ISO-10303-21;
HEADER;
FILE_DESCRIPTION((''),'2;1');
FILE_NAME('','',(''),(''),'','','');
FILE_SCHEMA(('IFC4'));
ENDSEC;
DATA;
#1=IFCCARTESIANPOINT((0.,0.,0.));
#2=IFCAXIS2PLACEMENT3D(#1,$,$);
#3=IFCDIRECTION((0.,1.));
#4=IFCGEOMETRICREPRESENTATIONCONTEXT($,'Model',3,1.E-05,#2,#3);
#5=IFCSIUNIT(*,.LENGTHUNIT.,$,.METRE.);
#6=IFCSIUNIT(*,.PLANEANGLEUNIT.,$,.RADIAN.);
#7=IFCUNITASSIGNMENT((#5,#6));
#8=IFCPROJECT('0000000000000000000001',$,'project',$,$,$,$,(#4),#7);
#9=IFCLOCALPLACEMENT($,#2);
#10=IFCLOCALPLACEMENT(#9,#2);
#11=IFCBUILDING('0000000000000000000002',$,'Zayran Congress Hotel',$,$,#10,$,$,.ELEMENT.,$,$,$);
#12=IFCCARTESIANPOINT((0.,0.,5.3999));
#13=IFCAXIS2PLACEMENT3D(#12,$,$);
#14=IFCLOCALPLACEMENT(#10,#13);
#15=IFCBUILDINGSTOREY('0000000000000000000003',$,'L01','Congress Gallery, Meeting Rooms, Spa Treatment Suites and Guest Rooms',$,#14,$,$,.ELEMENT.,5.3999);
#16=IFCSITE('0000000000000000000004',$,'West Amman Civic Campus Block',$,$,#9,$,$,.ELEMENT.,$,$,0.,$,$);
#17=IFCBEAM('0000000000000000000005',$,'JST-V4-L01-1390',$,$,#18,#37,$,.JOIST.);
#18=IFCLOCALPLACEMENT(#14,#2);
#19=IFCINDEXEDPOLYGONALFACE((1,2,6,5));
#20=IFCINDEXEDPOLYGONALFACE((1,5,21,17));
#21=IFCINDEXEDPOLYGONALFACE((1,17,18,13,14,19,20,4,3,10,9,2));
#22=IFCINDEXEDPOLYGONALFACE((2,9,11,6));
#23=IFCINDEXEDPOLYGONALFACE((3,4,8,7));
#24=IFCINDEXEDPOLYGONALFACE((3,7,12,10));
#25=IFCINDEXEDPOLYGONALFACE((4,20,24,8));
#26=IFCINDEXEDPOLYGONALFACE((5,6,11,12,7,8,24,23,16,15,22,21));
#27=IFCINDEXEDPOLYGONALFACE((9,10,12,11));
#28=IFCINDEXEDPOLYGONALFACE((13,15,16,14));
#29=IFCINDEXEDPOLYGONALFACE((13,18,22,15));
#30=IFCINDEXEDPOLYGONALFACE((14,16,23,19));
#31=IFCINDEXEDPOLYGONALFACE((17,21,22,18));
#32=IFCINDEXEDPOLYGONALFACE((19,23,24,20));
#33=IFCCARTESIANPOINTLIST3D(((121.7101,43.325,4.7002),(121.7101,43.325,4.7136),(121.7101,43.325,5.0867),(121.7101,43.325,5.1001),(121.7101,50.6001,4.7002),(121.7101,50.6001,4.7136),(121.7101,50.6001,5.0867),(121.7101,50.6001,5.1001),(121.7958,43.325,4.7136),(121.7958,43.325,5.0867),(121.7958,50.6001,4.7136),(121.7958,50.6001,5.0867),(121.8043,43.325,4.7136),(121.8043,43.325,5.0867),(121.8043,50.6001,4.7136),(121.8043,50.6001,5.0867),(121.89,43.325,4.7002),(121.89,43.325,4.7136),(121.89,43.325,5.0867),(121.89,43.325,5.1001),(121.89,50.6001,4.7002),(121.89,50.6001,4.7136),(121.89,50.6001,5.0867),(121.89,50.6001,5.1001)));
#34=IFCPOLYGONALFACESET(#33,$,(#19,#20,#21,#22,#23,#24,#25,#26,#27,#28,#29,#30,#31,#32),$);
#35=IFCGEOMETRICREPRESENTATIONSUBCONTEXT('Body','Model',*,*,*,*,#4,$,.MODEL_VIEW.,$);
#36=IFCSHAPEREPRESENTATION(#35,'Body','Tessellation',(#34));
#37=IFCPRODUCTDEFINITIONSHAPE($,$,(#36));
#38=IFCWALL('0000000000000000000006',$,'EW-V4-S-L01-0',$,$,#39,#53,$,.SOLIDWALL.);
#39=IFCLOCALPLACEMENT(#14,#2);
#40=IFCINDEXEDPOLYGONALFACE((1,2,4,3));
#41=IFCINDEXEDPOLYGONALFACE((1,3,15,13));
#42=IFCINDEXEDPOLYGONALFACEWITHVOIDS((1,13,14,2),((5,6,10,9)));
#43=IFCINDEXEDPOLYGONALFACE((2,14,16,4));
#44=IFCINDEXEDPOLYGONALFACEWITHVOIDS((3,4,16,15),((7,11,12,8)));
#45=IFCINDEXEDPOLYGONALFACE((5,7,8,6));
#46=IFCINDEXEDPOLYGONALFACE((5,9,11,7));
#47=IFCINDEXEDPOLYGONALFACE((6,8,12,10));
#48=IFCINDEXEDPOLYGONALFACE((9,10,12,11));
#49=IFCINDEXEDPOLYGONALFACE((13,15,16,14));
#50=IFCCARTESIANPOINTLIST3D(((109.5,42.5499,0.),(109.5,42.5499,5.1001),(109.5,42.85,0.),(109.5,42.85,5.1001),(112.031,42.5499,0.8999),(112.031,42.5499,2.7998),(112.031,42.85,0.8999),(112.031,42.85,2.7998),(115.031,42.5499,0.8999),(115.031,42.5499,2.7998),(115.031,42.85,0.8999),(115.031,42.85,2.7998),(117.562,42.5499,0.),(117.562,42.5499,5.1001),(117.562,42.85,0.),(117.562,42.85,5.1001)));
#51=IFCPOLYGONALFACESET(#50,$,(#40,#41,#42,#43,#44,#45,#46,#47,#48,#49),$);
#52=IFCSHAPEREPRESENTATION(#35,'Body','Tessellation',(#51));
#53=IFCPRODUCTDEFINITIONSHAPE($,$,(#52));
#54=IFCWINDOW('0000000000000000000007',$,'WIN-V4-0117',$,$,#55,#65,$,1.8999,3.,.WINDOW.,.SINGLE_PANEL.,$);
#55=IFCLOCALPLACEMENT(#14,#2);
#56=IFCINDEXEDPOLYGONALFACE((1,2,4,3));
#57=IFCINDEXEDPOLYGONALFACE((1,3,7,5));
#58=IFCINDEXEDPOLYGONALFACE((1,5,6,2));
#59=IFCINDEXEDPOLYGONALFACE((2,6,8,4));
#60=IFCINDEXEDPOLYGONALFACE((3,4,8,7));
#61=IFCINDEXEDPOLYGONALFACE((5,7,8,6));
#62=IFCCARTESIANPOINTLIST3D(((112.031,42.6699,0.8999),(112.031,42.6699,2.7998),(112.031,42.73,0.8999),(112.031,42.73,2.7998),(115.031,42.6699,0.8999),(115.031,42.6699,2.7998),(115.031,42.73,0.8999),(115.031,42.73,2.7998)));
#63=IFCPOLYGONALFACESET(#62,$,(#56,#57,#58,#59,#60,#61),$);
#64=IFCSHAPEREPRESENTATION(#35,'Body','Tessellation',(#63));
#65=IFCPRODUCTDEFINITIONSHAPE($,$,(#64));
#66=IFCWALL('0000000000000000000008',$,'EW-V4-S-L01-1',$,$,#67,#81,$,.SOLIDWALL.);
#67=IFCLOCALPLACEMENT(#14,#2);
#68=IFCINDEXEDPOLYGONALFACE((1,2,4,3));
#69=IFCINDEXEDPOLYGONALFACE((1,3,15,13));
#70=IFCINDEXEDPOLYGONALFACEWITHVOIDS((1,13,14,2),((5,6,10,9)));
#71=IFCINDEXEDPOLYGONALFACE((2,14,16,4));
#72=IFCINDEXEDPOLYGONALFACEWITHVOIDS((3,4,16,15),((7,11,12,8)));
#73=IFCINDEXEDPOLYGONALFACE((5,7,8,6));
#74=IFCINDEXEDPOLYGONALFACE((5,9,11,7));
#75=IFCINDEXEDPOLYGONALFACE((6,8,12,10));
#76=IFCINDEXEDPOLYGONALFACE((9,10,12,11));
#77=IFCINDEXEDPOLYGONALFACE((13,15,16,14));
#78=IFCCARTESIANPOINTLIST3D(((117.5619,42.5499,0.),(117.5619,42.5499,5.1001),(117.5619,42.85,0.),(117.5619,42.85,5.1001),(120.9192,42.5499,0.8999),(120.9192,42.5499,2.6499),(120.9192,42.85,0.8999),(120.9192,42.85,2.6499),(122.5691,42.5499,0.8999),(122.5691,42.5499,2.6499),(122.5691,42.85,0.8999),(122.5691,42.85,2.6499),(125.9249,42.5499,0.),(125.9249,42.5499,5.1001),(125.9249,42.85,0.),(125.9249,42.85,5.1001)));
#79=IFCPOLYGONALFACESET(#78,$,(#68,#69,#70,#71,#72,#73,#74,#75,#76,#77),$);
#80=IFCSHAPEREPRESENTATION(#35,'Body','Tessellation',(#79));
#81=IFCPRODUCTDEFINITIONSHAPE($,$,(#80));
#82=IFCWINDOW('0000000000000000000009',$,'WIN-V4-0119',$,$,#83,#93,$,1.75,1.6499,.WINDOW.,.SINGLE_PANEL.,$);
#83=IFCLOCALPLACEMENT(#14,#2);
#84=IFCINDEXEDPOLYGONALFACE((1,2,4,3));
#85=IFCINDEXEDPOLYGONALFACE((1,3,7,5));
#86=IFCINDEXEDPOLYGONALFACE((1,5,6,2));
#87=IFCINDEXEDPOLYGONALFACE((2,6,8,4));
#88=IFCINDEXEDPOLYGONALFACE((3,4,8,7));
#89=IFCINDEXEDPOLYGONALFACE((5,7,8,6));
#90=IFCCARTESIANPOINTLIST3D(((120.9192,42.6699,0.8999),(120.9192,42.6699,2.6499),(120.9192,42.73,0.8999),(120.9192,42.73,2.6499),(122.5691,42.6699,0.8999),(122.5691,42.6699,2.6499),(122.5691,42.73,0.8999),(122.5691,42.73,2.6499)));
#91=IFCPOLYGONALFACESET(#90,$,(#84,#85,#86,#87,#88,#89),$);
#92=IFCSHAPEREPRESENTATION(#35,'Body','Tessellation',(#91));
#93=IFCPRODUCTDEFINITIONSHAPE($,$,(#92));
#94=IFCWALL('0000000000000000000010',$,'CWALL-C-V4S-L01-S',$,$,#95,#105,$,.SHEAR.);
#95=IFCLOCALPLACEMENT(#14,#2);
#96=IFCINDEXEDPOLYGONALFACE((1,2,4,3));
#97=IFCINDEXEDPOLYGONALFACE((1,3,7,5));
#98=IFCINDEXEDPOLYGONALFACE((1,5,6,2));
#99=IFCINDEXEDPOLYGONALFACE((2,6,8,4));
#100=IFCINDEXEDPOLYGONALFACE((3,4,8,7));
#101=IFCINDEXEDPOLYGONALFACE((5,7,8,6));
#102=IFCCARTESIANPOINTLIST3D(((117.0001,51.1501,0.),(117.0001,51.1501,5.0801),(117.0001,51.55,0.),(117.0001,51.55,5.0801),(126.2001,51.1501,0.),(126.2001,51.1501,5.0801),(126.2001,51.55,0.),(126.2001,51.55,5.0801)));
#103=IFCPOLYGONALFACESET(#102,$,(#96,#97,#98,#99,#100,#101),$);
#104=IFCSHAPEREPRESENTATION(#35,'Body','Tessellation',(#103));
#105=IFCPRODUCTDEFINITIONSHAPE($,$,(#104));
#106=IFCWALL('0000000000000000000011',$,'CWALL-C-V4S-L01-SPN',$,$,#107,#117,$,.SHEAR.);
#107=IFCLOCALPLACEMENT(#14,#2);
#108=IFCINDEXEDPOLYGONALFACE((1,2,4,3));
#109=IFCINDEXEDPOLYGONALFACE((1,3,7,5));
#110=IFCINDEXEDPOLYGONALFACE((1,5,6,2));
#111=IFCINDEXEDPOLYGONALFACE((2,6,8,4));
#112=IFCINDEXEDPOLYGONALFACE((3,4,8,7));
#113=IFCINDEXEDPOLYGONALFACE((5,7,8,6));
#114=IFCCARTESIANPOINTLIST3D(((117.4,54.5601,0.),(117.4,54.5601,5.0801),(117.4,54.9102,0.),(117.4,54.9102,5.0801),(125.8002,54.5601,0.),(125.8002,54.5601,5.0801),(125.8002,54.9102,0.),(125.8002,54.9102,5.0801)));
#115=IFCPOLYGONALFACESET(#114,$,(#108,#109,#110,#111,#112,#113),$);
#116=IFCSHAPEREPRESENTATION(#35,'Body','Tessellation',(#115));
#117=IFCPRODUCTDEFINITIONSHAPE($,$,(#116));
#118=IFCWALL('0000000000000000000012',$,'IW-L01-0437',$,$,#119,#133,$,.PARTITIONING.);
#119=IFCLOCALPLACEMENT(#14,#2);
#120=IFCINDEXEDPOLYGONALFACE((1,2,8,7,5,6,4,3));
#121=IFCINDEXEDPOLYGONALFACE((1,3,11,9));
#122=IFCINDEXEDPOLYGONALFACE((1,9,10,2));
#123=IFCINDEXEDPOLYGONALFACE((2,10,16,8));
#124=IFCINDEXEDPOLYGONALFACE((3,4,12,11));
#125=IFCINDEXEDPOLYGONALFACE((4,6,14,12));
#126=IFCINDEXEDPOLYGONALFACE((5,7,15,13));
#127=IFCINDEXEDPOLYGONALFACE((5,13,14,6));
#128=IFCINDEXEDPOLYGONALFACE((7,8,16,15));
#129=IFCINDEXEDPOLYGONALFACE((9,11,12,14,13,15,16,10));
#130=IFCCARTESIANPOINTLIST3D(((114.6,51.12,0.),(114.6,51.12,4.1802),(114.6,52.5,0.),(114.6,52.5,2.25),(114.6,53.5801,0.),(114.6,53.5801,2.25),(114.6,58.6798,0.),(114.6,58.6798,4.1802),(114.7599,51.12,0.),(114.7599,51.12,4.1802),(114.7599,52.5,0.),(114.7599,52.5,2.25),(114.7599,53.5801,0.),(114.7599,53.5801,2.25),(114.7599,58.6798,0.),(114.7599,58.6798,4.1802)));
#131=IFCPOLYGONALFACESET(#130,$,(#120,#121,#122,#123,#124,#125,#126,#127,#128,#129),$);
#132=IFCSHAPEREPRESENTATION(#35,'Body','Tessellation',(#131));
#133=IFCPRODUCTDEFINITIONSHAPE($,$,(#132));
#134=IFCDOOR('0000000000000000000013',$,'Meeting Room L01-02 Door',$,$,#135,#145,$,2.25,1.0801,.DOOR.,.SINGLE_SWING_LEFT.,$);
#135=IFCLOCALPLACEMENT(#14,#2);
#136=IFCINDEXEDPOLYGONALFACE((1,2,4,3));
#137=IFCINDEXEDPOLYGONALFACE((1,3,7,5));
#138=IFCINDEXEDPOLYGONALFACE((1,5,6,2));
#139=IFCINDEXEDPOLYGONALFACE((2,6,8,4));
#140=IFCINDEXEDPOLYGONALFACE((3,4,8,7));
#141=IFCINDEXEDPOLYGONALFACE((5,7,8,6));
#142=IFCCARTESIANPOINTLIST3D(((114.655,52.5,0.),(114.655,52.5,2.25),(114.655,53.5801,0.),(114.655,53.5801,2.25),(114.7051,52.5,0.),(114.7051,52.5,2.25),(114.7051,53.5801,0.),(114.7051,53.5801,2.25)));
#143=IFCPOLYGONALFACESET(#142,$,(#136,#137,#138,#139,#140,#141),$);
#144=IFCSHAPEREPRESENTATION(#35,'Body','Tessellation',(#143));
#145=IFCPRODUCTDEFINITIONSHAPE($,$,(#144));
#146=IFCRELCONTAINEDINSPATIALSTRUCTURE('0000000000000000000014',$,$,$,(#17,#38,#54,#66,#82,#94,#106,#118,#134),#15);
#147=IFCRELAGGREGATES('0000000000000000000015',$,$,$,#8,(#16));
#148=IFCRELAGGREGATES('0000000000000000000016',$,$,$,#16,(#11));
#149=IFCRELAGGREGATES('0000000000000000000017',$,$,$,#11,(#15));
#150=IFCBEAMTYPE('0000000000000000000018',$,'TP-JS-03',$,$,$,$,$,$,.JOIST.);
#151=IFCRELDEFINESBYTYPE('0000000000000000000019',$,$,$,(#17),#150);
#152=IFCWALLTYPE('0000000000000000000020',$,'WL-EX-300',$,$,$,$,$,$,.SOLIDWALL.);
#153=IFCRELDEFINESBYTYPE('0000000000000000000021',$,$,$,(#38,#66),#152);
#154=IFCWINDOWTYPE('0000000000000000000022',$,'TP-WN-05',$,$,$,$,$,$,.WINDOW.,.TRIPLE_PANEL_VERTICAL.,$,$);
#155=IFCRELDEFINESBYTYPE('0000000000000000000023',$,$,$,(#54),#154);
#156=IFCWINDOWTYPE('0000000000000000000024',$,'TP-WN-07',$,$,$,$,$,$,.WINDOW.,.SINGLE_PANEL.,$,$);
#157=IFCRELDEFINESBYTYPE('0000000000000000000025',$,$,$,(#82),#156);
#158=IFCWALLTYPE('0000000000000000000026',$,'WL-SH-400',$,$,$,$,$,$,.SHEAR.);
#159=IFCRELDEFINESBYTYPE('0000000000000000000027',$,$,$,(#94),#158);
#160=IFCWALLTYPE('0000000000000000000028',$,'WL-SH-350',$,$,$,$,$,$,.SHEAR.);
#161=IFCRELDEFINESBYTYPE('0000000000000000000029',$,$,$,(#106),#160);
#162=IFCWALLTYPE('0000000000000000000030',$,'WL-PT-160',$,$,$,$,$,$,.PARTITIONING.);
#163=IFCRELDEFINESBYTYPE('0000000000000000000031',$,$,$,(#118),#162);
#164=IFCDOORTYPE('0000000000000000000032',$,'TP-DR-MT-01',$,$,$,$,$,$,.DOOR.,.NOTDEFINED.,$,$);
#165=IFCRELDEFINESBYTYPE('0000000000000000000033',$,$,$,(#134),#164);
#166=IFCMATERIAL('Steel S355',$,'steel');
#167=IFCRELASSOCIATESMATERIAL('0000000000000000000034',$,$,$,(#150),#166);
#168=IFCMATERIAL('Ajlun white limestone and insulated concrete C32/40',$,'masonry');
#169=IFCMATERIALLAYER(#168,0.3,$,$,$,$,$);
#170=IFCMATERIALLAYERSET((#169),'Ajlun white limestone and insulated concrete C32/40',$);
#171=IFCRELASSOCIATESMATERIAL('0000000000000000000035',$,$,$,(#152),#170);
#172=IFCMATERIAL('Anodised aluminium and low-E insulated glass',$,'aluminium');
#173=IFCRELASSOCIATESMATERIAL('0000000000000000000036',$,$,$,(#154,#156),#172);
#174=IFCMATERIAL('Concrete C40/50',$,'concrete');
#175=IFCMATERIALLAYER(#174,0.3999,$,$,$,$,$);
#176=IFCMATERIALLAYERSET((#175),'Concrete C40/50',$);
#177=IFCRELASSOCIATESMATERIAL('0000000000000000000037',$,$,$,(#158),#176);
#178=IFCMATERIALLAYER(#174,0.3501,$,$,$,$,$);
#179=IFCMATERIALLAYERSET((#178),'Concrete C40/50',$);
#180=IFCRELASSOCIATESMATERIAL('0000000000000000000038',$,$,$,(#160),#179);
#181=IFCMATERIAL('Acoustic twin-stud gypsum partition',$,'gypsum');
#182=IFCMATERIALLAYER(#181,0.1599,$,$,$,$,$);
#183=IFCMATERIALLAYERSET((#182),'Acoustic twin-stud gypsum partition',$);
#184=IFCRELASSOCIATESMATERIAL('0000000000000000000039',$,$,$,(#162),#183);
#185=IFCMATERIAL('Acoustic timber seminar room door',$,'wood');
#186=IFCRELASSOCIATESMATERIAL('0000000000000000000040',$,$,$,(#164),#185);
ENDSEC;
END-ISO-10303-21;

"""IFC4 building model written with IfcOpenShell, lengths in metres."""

from ifc_helpers import new_model, si_unit, direction, frame, frame_2d, origin, origin_2d, place, context, subcontext, project, spatial, rectangle, i_section, extrude, material, layer, layer_set, material_profile, profile_set, type_object, element, fill, save


model = new_model("IFC4")

# Units and contexts
model_context = context("Model", 3, precision=1e-05, world=origin(), true_north=direction((0.0, 1.0)))
body_context = subcontext(model_context, "Body", "Model", "MODEL_VIEW")
ifc_project = project(units=[si_unit("LENGTHUNIT", "METRE"), si_unit("PLANEANGLEUNIT", "RADIAN")], contexts=[model_context])

# Site, building, storey
site_placement = place(None, origin())
site = spatial("IfcSite", under=ifc_project, at=site_placement, Name="West Amman Civic Campus Block", CompositionType="ELEMENT", RefElevation=0.0)
building_placement = place(site_placement, origin())
building = spatial("IfcBuilding", under=site, at=building_placement, Name="Zayran Congress Hotel", CompositionType="ELEMENT")
storey_placement = place(building_placement, frame((0.0, 0.0, 5.3999)))
storey = spatial("IfcBuildingStorey", under=building, at=storey_placement, Name="L01", Description="Congress Gallery, Meeting Rooms, Spa Treatment Suites and Guest Rooms", CompositionType="ELEMENT", Elevation=5.3999)

# Shared definitions
ifc_material_1 = material(Name="Concrete C40/50", Category="concrete")

# Beam
ifc_material_2 = material(Name="Steel S355", Category="steel")
ifc_material_profile_1 = material_profile(ifc_material_2, i_section(OverallWidth=0.1799, OverallDepth=0.3999, WebThickness=0.0085, FlangeThickness=0.0134, at=origin_2d()), Name="IPE 400")
ifc_profile_set_1 = profile_set([ifc_material_profile_1], Name="Steel S355")
beam_type_1 = type_object("IfcBeamType", Name="TP-JS-03", PredefinedType="JOIST", material=ifc_profile_set_1)
beam_1_placement = place(storey_placement, frame((121.8, 43.325, 4.9001), z_axis=(0.0, 1.0, 0.0), x_axis=(-1.0, 0.0, 0.0)))
element("IfcBeam", 1, at=beam_1_placement, inside=storey, type_object=beam_type_1, Name="JST-V4-L01-1390", PredefinedType="JOIST", context=body_context, shape_type="SweptSolid", body=[
    extrude(i_section(OverallWidth=0.1799, OverallDepth=0.3999, WebThickness=0.0085, FlangeThickness=0.0134, at=origin_2d()), origin(), (0.0, 0.0, 1.0), 7.2751),
])

# Walls, openings, windows
ifc_material_3 = material(Name="Ajlun white limestone and insulated concrete C32/40", Category="masonry")
ifc_layer_1 = layer(ifc_material_3, 0.3)
ifc_layer_set_1 = layer_set([ifc_layer_1], Name="Ajlun white limestone and insulated concrete C32/40")
wall_type_1 = type_object("IfcWallType", Name="WL-EX-300", PredefinedType="SOLIDWALL", material=ifc_layer_set_1)
wall_1_placement = place(storey_placement, frame((117.562, 42.7, 0.0), z_axis=(0.0, 0.0, 1.0), x_axis=(-1.0, 0.0, 0.0)))
wall_1 = element("IfcWall", 2, at=wall_1_placement, inside=storey, type_object=wall_type_1, Name="EW-V4-S-L01-0", PredefinedType="SOLIDWALL", context=body_context, shape_type="SweptSolid", body=[
    extrude(rectangle(XDim=8.062, YDim=0.3, at=frame_2d((4.031, 0.0))), origin(), (0.0, 0.0, 1.0), 5.1001),
])
opening_1_placement = place(wall_1_placement, frame((2.531, 0.0, 0.8999)))
opening_1 = element("IfcOpeningElement", 3, at=opening_1_placement, cuts=wall_1, PredefinedType="OPENING", context=body_context, shape_type="SweptSolid", body=[
    extrude(rectangle(XDim=3.0, YDim=1.8999, at=frame_2d((1.5, 0.95))), frame((0.0, 0.1599, 0.0), z_axis=(0.0, -1.0, 0.0), x_axis=(1.0, 0.0, 0.0)), (0.0, 0.0, 1.0), 0.3201),
])
ifc_material_4 = material(Name="Anodised aluminium and low-E insulated glass", Category="aluminium")
window_type_1 = type_object("IfcWindowType", Name="TP-WN-05", PartitioningType="TRIPLE_PANEL_VERTICAL", PredefinedType="WINDOW", material=ifc_material_4)
window_1_placement = place(opening_1_placement, origin())
window_1 = element("IfcWindow", 4, at=window_1_placement, inside=storey, type_object=window_type_1, Name="WIN-V4-0117", OverallHeight=1.8999, OverallWidth=3.0, PartitioningType="SINGLE_PANEL", PredefinedType="WINDOW", context=body_context, shape_type="SweptSolid", body=[
    extrude(rectangle(XDim=3.0, YDim=1.8999, at=frame_2d((1.5, 0.95))), frame((0.0, 0.03, 0.0), z_axis=(0.0, -1.0, 0.0), x_axis=(1.0, 0.0, 0.0)), (0.0, 0.0, 1.0), 0.0601),
])
fill(opening_1, window_1)
wall_2_placement = place(storey_placement, frame((125.925, 42.7, 0.0), z_axis=(0.0, 0.0, 1.0), x_axis=(-1.0, 0.0, 0.0)))
wall_2 = element("IfcWall", 5, at=wall_2_placement, inside=storey, type_object=wall_type_1, Name="EW-V4-S-L01-1", PredefinedType="SOLIDWALL", context=body_context, shape_type="SweptSolid", body=[
    extrude(rectangle(XDim=8.363, YDim=0.3, at=frame_2d((4.1816, 0.0))), origin(), (0.0, 0.0, 1.0), 5.1001),
])
opening_2_placement = place(wall_2_placement, frame((3.356, 0.0, 0.8999)))
opening_2 = element("IfcOpeningElement", 6, at=opening_2_placement, cuts=wall_2, PredefinedType="OPENING", context=body_context, shape_type="SweptSolid", body=[
    extrude(rectangle(XDim=1.6499, YDim=1.75, at=frame_2d((0.825, 0.875))), frame((0.0, 0.1599, 0.0), z_axis=(0.0, -1.0, 0.0), x_axis=(1.0, 0.0, 0.0)), (0.0, 0.0, 1.0), 0.3201),
])
window_type_2 = type_object("IfcWindowType", Name="TP-WN-07", PartitioningType="SINGLE_PANEL", PredefinedType="WINDOW", material=ifc_material_4)
window_2_placement = place(opening_2_placement, origin())
window_2 = element("IfcWindow", 7, at=window_2_placement, inside=storey, type_object=window_type_2, Name="WIN-V4-0119", OverallHeight=1.75, OverallWidth=1.6499, PartitioningType="SINGLE_PANEL", PredefinedType="WINDOW", context=body_context, shape_type="SweptSolid", body=[
    extrude(rectangle(XDim=1.6499, YDim=1.75, at=frame_2d((0.825, 0.875))), frame((0.0, 0.03, 0.0), z_axis=(0.0, -1.0, 0.0), x_axis=(1.0, 0.0, 0.0)), (0.0, 0.0, 1.0), 0.0601),
])
fill(opening_2, window_2)

# Walls
ifc_layer_2 = layer(ifc_material_1, 0.3999)
ifc_layer_set_2 = layer_set([ifc_layer_2], Name="Concrete C40/50")
wall_type_2 = type_object("IfcWallType", Name="WL-SH-400", PredefinedType="SHEAR", material=ifc_layer_set_2)
wall_3_placement = place(storey_placement, frame((117.0, 51.3501, 0.0), z_axis=(0.0, 0.0, 1.0), x_axis=(1.0, 0.0, 0.0)))
element("IfcWall", 8, at=wall_3_placement, inside=storey, type_object=wall_type_2, Name="CWALL-C-V4S-L01-S", PredefinedType="SHEAR", context=body_context, shape_type="SweptSolid", body=[
    extrude(rectangle(XDim=9.2, YDim=0.3999, at=frame_2d((4.6001, 0.0))), origin(), (0.0, 0.0, 1.0), 5.0801),
])
ifc_layer_3 = layer(ifc_material_1, 0.3501)
ifc_layer_set_3 = layer_set([ifc_layer_3], Name="Concrete C40/50")
wall_type_3 = type_object("IfcWallType", Name="WL-SH-350", PredefinedType="SHEAR", material=ifc_layer_set_3)
wall_4_placement = place(storey_placement, frame((117.3999, 54.7351, 0.0), z_axis=(0.0, 0.0, 1.0), x_axis=(1.0, 0.0, 0.0)))
element("IfcWall", 9, at=wall_4_placement, inside=storey, type_object=wall_type_3, Name="CWALL-C-V4S-L01-SPN", PredefinedType="SHEAR", context=body_context, shape_type="SweptSolid", body=[
    extrude(rectangle(XDim=8.4001, YDim=0.3501, at=frame_2d((4.2002, 0.0))), origin(), (0.0, 0.0, 1.0), 5.0801),
])

# Wall, opening, door
ifc_material_5 = material(Name="Acoustic twin-stud gypsum partition", Category="gypsum")
ifc_layer_4 = layer(ifc_material_5, 0.1599)
ifc_layer_set_4 = layer_set([ifc_layer_4], Name="Acoustic twin-stud gypsum partition")
wall_type_4 = type_object("IfcWallType", Name="WL-PT-160", PredefinedType="PARTITIONING", material=ifc_layer_set_4)
wall_5_placement = place(storey_placement, frame((114.6799, 51.1201, 0.0), z_axis=(0.0, 0.0, 1.0), x_axis=(0.0, 1.0, 0.0)))
wall_5 = element("IfcWall", 10, at=wall_5_placement, inside=storey, type_object=wall_type_4, Name="IW-L01-0437", PredefinedType="PARTITIONING", context=body_context, shape_type="SweptSolid", body=[
    extrude(rectangle(XDim=7.5598, YDim=0.1599, at=frame_2d((3.7798, 0.0))), origin(), (0.0, 0.0, 1.0), 4.1802),
])
opening_3_placement = place(wall_5_placement, frame((1.3799, 0.0, 0.0)))
opening_3 = element("IfcOpeningElement", 11, at=opening_3_placement, cuts=wall_5, PredefinedType="OPENING", context=body_context, shape_type="SweptSolid", body=[
    extrude(rectangle(XDim=1.0801, YDim=2.25, at=frame_2d((0.54, 1.125))), frame((0.0, 0.0898, 0.0), z_axis=(0.0, -1.0, 0.0), x_axis=(1.0, 0.0, 0.0)), (0.0, 0.0, 1.0), 0.1799),
])
ifc_material_6 = material(Name="Acoustic timber seminar room door", Category="wood")
door_type = type_object("IfcDoorType", Name="TP-DR-MT-01", OperationType="NOTDEFINED", PredefinedType="DOOR", material=ifc_material_6)
door_1_placement = place(opening_3_placement, origin())
door_1 = element("IfcDoor", 12, at=door_1_placement, inside=storey, type_object=door_type, Name="Meeting Room L01-02 Door", OperationType="SINGLE_SWING_LEFT", OverallHeight=2.25, OverallWidth=1.0801, PredefinedType="DOOR", context=body_context, shape_type="SweptSolid", body=[
    extrude(rectangle(XDim=1.0801, YDim=2.25, at=frame_2d((0.54, 1.125))), frame((0.0, 0.0249, 0.0), z_axis=(0.0, -1.0, 0.0), x_axis=(1.0, 0.0, 0.0)), (0.0, 0.0, 1.0), 0.05),
])
fill(opening_3, door_1)

save(model, "model.ifc")
